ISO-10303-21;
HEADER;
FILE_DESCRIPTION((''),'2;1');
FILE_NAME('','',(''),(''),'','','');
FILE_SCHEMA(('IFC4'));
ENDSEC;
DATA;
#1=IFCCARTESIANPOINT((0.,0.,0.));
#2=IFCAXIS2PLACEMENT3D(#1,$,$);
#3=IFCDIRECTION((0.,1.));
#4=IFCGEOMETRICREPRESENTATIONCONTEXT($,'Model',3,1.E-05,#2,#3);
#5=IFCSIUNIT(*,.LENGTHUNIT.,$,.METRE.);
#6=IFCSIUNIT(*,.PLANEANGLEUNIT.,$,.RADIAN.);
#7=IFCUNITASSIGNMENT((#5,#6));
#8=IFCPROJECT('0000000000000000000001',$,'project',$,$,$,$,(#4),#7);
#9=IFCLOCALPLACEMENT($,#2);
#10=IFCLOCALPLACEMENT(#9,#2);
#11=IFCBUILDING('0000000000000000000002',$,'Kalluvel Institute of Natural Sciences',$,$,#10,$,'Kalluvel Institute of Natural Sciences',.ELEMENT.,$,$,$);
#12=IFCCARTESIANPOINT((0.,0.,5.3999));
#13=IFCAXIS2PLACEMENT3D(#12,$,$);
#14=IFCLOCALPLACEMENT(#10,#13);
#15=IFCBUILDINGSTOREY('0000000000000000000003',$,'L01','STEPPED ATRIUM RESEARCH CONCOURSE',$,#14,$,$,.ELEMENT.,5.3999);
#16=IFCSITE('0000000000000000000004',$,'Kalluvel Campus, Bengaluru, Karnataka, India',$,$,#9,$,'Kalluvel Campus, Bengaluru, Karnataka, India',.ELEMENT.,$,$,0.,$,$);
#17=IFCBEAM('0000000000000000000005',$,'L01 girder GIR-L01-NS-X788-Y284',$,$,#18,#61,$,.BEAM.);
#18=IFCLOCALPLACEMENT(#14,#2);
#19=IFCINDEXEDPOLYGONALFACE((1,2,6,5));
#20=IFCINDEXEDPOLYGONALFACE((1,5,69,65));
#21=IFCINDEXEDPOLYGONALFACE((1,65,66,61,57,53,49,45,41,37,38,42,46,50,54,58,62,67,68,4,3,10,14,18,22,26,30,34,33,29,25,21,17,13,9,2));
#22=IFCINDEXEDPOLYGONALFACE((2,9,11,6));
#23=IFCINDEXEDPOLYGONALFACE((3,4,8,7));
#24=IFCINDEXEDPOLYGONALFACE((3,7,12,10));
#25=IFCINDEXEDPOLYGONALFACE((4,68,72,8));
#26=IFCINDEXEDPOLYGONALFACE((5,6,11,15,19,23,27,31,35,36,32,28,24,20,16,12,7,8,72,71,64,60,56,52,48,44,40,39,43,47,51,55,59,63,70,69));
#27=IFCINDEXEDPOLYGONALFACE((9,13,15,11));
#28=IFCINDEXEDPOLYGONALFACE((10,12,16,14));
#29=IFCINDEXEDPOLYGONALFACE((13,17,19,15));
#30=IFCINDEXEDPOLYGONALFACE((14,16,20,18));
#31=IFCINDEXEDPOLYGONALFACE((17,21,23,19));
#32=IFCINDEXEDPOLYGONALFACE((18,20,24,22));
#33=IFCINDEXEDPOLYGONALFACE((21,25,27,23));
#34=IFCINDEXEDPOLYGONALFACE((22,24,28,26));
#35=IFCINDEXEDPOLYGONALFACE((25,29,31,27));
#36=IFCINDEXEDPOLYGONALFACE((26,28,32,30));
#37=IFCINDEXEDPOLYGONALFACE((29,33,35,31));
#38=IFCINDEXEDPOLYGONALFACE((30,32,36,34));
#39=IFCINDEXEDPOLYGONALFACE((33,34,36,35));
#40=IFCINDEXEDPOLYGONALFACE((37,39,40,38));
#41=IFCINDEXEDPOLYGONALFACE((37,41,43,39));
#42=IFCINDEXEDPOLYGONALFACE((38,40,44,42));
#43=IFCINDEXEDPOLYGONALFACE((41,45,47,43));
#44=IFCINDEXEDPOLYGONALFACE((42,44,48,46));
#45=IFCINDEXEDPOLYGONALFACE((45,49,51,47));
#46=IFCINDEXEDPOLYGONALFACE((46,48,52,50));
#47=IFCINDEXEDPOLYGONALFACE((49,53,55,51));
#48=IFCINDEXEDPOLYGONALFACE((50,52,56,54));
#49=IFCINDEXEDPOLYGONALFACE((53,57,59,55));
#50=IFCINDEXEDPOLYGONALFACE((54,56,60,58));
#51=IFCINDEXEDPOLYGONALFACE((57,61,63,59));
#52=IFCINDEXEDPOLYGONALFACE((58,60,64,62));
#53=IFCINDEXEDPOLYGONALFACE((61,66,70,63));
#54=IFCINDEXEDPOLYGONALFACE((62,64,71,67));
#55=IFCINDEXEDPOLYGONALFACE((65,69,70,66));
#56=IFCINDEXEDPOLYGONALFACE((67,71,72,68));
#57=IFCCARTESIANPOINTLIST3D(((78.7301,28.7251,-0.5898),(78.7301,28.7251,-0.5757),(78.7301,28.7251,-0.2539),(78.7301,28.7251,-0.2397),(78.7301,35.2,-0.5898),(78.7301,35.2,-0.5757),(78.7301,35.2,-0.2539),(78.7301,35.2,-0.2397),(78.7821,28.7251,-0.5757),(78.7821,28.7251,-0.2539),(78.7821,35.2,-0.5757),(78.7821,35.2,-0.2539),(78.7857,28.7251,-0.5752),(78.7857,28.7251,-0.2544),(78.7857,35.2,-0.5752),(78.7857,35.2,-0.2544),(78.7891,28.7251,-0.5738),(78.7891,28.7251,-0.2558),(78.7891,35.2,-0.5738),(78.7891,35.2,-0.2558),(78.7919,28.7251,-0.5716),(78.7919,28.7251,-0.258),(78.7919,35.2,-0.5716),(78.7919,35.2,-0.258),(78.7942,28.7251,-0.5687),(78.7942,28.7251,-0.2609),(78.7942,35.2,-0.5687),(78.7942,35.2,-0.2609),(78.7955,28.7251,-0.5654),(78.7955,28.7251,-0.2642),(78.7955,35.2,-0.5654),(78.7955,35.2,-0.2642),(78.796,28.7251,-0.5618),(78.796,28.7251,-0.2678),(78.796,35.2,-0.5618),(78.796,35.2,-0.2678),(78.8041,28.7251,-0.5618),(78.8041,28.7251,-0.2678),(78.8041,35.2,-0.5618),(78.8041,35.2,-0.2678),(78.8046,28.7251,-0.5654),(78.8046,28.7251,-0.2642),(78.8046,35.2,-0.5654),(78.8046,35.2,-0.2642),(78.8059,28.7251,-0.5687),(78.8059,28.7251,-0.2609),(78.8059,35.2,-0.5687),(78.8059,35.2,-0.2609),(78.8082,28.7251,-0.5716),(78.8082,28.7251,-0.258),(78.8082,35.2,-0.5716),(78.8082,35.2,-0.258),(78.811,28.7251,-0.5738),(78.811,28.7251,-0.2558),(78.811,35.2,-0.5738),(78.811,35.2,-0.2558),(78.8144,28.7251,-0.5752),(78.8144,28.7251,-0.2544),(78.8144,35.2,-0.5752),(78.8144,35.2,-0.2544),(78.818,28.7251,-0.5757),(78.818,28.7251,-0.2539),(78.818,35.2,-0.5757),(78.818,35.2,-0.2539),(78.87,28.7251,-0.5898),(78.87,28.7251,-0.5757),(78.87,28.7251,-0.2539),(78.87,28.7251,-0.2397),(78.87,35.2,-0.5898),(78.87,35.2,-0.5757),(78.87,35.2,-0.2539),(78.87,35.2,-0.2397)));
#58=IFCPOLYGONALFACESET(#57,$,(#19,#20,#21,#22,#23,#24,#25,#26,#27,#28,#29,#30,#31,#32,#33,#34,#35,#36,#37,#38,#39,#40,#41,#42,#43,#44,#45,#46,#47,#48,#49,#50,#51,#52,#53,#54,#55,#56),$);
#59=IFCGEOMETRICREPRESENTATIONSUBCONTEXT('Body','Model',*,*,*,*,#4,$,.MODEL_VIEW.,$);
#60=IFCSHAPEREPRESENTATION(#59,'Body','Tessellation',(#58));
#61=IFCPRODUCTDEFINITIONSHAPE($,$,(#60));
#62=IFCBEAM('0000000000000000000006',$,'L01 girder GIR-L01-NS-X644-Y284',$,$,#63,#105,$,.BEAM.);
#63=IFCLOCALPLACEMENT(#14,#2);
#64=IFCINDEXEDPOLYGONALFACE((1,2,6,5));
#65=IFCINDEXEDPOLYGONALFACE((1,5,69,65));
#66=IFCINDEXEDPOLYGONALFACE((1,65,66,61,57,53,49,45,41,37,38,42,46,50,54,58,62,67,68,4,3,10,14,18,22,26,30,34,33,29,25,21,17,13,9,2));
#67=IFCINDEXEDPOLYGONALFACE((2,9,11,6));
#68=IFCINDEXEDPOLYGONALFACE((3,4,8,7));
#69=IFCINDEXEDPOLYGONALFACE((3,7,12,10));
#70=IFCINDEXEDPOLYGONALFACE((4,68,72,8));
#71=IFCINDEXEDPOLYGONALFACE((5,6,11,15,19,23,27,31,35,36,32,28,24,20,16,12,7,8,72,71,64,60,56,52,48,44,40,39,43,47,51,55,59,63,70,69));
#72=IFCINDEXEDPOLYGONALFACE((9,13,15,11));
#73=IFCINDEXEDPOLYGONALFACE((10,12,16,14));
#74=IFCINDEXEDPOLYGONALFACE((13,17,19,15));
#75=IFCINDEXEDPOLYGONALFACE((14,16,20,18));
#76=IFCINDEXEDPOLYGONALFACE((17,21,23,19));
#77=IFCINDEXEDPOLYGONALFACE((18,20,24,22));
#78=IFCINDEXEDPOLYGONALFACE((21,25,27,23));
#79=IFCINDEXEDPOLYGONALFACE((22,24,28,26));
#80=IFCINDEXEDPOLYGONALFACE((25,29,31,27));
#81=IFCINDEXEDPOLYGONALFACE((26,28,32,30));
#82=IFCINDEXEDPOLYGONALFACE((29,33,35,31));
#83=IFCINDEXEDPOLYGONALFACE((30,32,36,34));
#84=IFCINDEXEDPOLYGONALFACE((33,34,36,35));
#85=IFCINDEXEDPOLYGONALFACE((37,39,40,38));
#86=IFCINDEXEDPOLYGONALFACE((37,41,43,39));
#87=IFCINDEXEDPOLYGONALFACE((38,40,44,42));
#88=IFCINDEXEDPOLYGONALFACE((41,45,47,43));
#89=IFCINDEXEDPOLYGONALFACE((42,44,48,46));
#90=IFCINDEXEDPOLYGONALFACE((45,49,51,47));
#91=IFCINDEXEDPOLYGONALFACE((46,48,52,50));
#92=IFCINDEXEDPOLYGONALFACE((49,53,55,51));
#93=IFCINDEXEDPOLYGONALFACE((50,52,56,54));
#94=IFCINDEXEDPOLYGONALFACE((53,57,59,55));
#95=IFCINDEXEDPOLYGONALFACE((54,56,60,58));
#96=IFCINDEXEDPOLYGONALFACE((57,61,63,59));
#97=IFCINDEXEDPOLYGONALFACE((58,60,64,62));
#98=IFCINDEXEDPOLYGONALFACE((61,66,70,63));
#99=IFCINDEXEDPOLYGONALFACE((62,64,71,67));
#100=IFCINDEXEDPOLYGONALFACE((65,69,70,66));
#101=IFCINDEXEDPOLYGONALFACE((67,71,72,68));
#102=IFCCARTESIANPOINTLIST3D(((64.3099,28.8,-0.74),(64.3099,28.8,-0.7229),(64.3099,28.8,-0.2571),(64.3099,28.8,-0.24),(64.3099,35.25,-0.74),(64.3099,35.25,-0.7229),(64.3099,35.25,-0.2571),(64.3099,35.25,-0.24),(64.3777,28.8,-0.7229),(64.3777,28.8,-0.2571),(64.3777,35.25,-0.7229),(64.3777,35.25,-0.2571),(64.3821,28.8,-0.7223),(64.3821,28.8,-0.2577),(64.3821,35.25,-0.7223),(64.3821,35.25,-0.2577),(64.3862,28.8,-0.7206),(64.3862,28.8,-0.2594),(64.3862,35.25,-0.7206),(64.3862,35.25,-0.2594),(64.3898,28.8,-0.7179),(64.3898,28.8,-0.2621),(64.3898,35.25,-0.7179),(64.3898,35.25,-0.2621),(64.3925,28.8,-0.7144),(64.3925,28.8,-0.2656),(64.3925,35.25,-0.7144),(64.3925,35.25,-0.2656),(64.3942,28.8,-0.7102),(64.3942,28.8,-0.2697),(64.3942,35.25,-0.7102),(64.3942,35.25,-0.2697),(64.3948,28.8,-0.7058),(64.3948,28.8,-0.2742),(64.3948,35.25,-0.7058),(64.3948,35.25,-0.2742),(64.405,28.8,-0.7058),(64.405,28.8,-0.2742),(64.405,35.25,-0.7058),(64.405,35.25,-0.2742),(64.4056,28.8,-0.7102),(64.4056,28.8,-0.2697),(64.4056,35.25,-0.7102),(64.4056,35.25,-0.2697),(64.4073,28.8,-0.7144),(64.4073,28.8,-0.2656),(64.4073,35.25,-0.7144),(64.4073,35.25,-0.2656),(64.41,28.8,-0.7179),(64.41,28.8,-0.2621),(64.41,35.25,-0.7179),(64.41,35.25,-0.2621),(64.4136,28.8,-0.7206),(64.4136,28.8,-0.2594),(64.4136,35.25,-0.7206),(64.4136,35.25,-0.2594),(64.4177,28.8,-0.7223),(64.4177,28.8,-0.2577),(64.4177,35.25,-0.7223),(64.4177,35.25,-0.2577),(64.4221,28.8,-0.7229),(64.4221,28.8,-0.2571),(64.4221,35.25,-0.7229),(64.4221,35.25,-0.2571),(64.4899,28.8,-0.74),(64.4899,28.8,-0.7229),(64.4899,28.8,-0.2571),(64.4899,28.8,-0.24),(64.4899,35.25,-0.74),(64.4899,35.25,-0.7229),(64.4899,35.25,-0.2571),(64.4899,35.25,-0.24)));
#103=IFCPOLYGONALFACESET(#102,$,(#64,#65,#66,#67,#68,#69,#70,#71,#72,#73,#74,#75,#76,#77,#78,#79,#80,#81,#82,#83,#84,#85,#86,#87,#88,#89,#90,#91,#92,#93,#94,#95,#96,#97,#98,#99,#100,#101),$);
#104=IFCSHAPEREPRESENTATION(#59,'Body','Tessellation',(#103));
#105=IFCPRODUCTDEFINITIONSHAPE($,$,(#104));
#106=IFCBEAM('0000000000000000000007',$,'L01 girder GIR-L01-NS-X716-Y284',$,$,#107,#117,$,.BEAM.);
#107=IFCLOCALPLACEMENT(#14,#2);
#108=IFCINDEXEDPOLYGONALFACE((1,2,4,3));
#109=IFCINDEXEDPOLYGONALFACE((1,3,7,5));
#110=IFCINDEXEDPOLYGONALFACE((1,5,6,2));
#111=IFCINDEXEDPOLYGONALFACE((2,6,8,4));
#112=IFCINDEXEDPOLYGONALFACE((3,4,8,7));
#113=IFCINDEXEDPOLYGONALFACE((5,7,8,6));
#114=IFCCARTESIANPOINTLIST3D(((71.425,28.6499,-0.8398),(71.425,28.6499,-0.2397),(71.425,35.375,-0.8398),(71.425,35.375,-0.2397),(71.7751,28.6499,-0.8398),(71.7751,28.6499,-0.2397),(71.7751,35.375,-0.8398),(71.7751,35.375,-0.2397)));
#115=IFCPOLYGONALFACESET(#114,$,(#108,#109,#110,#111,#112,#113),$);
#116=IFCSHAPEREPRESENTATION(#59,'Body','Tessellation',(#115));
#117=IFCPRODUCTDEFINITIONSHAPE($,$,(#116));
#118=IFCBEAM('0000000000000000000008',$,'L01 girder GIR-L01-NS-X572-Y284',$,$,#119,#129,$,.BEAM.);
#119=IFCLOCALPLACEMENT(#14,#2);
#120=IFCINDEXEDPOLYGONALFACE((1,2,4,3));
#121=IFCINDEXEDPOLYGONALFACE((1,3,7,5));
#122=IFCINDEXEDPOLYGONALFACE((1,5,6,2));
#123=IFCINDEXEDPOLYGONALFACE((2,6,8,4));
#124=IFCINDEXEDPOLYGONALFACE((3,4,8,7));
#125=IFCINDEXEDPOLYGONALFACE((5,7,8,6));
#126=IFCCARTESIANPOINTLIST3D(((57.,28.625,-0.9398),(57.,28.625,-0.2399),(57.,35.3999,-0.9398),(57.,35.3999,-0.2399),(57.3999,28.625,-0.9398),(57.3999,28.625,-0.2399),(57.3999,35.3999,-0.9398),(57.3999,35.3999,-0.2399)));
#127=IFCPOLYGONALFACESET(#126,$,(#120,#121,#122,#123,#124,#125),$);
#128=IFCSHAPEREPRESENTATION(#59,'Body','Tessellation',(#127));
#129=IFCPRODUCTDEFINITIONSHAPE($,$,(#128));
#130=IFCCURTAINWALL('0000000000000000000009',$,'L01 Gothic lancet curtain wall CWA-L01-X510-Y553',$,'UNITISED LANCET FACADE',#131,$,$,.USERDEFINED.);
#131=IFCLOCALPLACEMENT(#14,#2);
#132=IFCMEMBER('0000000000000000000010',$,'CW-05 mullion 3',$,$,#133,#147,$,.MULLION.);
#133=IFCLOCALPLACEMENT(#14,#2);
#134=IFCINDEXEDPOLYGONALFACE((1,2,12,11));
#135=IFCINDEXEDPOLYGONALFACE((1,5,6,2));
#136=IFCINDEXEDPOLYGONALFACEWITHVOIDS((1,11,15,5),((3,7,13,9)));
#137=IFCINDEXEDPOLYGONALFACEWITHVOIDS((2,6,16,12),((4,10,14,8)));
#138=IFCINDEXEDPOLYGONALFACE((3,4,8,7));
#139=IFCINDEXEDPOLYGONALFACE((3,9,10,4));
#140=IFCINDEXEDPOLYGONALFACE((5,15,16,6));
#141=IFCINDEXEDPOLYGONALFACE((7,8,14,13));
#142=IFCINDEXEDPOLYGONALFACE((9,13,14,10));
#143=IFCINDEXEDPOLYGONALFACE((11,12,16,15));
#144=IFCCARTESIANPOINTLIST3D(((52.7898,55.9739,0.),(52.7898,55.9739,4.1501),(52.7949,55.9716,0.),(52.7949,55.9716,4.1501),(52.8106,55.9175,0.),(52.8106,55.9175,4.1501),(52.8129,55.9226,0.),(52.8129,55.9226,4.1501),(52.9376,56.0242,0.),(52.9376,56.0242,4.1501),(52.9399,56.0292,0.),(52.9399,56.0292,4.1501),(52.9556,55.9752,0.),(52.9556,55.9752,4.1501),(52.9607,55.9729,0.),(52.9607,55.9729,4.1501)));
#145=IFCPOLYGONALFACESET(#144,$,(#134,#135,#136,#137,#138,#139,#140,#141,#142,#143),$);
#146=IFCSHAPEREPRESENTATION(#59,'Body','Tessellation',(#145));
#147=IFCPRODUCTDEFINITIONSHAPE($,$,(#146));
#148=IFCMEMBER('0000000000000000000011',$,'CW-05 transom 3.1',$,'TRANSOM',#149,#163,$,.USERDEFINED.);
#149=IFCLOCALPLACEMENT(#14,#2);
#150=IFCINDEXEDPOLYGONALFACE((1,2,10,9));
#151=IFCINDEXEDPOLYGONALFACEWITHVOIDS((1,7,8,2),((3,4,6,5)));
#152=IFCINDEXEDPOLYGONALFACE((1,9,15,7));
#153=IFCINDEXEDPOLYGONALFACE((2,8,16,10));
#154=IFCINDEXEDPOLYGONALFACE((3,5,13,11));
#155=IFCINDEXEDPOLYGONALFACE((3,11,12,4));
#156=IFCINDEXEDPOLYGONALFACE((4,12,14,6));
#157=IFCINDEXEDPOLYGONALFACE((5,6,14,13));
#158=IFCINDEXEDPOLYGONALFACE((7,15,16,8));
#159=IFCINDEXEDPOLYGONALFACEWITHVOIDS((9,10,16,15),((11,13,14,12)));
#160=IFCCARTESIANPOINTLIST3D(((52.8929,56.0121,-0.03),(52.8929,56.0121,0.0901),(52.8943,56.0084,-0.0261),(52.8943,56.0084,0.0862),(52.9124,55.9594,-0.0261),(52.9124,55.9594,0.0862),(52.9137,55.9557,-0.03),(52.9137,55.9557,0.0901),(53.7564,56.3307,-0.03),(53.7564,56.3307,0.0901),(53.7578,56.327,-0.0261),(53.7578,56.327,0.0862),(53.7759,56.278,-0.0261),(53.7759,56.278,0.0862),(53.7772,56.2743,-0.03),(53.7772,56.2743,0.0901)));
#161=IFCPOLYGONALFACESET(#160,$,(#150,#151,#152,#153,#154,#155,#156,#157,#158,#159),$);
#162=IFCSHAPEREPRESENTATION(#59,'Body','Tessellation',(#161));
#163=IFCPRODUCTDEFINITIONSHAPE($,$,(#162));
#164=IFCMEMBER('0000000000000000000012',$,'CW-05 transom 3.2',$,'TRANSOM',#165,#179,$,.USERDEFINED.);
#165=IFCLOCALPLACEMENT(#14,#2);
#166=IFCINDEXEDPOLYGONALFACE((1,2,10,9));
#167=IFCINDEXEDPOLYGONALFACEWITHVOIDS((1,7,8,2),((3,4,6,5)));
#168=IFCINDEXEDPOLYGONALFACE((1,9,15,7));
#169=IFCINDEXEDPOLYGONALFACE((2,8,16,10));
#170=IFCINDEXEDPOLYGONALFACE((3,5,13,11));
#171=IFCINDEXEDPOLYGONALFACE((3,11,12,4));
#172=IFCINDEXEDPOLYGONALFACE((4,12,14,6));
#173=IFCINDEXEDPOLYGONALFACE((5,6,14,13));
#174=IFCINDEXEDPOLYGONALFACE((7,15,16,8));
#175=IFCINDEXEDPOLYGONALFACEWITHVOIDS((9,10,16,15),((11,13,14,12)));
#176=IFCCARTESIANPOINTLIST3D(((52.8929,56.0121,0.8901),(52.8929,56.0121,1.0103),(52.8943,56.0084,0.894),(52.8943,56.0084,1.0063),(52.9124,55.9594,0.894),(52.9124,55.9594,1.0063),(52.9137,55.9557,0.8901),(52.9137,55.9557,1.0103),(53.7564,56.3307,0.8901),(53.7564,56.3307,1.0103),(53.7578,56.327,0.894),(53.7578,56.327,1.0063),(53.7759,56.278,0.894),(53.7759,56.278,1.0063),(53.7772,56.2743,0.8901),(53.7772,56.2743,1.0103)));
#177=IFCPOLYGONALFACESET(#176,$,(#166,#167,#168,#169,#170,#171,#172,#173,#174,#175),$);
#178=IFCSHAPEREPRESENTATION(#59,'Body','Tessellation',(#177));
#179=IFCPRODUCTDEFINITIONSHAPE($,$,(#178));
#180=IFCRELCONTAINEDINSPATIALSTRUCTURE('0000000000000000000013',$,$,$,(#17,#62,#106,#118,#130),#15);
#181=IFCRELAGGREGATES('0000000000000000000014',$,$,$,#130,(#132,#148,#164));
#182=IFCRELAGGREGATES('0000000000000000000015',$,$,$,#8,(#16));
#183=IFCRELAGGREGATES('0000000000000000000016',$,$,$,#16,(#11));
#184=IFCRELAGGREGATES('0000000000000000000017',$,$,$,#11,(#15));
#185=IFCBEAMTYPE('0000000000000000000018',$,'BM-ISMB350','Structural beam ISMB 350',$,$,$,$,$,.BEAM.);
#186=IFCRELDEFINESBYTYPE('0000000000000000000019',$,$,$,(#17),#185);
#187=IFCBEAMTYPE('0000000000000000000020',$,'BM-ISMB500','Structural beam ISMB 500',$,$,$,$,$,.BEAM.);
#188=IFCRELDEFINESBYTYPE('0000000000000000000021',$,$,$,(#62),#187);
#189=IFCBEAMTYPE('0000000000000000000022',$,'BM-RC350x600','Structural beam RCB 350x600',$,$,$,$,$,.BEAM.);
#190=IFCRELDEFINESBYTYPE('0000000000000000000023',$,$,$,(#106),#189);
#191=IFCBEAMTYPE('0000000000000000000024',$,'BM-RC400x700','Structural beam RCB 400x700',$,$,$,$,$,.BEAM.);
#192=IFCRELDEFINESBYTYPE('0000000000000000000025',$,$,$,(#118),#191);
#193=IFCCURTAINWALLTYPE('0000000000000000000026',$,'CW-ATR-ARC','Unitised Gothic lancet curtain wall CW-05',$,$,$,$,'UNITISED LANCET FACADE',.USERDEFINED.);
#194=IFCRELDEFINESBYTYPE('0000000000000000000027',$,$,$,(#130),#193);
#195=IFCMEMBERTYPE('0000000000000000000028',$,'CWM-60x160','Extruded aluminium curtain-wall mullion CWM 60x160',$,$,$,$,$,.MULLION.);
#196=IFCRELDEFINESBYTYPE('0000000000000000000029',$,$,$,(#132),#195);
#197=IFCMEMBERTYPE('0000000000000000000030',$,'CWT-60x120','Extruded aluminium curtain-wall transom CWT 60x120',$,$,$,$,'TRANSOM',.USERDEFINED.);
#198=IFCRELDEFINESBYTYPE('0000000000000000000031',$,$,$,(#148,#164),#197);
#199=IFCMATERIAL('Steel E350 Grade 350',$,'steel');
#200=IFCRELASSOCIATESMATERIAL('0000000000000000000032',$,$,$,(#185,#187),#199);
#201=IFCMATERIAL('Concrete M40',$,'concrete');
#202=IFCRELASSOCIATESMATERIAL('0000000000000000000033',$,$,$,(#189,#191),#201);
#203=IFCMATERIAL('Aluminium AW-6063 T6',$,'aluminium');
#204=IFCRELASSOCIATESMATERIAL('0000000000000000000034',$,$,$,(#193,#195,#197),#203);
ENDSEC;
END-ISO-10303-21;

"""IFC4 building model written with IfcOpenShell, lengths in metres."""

from ifc_helpers import new_model, si_unit, direction, frame, origin, origin_2d, place, context, subcontext, project, spatial, rectangle, hollow_rectangle, i_section, extrude, material, material_profile, profile_set, type_object, element, aggregate, save


model = new_model("IFC4")

# Units and contexts
model_context = context("Model", 3, precision=1e-05, world=origin(), true_north=direction((0.0, 1.0)))
body_context = subcontext(model_context, "Body", "Model", "MODEL_VIEW")
ifc_project = project(units=[si_unit("LENGTHUNIT", "METRE"), si_unit("PLANEANGLEUNIT", "RADIAN")], contexts=[model_context])

# Site, building, storey
site_placement = place(None, origin())
site = spatial("IfcSite", under=ifc_project, at=site_placement, Name="Kalluvel Campus, Bengaluru, Karnataka, India", LongName="Kalluvel Campus, Bengaluru, Karnataka, India", CompositionType="ELEMENT", RefElevation=0.0)
building_placement = place(site_placement, origin())
building = spatial("IfcBuilding", under=site, at=building_placement, Name="Kalluvel Institute of Natural Sciences", LongName="Kalluvel Institute of Natural Sciences", CompositionType="ELEMENT")
storey_placement = place(building_placement, frame((0.0, 0.0, 5.3999)))
storey = spatial("IfcBuildingStorey", under=building, at=storey_placement, Name="L01", Description="STEPPED ATRIUM RESEARCH CONCOURSE", CompositionType="ELEMENT", Elevation=5.3999)

# Shared definitions
ifc_material_1 = material(Name="Steel E350 Grade 350", Category="steel")

# Beams
ifc_material_profile_1 = material_profile(ifc_material_1, i_section(OverallWidth=0.1399, OverallDepth=0.3501, WebThickness=0.0081, FlangeThickness=0.0142, FilletRadius=0.0139, at=origin_2d()), Name="ISMB 350")
ifc_profile_set_1 = profile_set([ifc_material_profile_1], Name="Steel E350 Grade 350")
beam_type_1 = type_object("IfcBeamType", Name="BM-ISMB350", Description="Structural beam ISMB 350", PredefinedType="BEAM", material=ifc_profile_set_1)
beam_1_placement = place(storey_placement, frame((78.8, 28.7251, -0.4148), z_axis=(0.0, 1.0, 0.0), x_axis=(-1.0, 0.0, 0.0)))
element("IfcBeam", 1, at=beam_1_placement, inside=storey, type_object=beam_type_1, Name="L01 girder GIR-L01-NS-X788-Y284", PredefinedType="BEAM", context=body_context, shape_type="SweptSolid", body=[
    extrude(i_section(OverallWidth=0.1399, OverallDepth=0.3501, WebThickness=0.0081, FlangeThickness=0.0142, FilletRadius=0.0139, at=origin_2d()), origin(), (0.0, 0.0, 1.0), 6.4749),
])
ifc_material_profile_2 = material_profile(ifc_material_1, i_section(OverallWidth=0.1799, OverallDepth=0.5, WebThickness=0.0103, FlangeThickness=0.0171, FilletRadius=0.0171, at=origin_2d()), Name="ISMB 500")
ifc_profile_set_2 = profile_set([ifc_material_profile_2], Name="Steel E350 Grade 350")
beam_type_2 = type_object("IfcBeamType", Name="BM-ISMB500", Description="Structural beam ISMB 500", PredefinedType="BEAM", material=ifc_profile_set_2)
beam_2_placement = place(storey_placement, frame((64.3999, 28.8, -0.49), z_axis=(0.0, 1.0, 0.0), x_axis=(-1.0, 0.0, 0.0)))
element("IfcBeam", 2, at=beam_2_placement, inside=storey, type_object=beam_type_2, Name="L01 girder GIR-L01-NS-X644-Y284", PredefinedType="BEAM", context=body_context, shape_type="SweptSolid", body=[
    extrude(i_section(OverallWidth=0.1799, OverallDepth=0.5, WebThickness=0.0103, FlangeThickness=0.0171, FilletRadius=0.0171, at=origin_2d()), origin(), (0.0, 0.0, 1.0), 6.45),
])
ifc_material_2 = material(Name="Concrete M40", Category="concrete")
ifc_material_profile_3 = material_profile(ifc_material_2, rectangle(XDim=0.3501, YDim=0.6001, at=origin_2d()), Name="RCB 350x600")
ifc_profile_set_3 = profile_set([ifc_material_profile_3], Name="Concrete M40")
beam_type_3 = type_object("IfcBeamType", Name="BM-RC350x600", Description="Structural beam RCB 350x600", PredefinedType="BEAM", material=ifc_profile_set_3)
beam_3_placement = place(storey_placement, frame((71.6001, 28.6499, -0.5398), z_axis=(0.0, 1.0, 0.0), x_axis=(-1.0, 0.0, 0.0)))
element("IfcBeam", 3, at=beam_3_placement, inside=storey, type_object=beam_type_3, Name="L01 girder GIR-L01-NS-X716-Y284", PredefinedType="BEAM", context=body_context, shape_type="SweptSolid", body=[
    extrude(rectangle(XDim=0.3501, YDim=0.6001, at=origin_2d()), origin(), (0.0, 0.0, 1.0), 6.7251),
])
ifc_material_profile_4 = material_profile(ifc_material_2, rectangle(XDim=0.3999, YDim=0.7, at=origin_2d()), Name="RCB 400x700")
ifc_profile_set_4 = profile_set([ifc_material_profile_4], Name="Concrete M40")
beam_type_4 = type_object("IfcBeamType", Name="BM-RC400x700", Description="Structural beam RCB 400x700", PredefinedType="BEAM", material=ifc_profile_set_4)
beam_4_placement = place(storey_placement, frame((57.2, 28.625, -0.5898), z_axis=(0.0, 1.0, 0.0), x_axis=(-1.0, 0.0, 0.0)))
element("IfcBeam", 4, at=beam_4_placement, inside=storey, type_object=beam_type_4, Name="L01 girder GIR-L01-NS-X572-Y284", PredefinedType="BEAM", context=body_context, shape_type="SweptSolid", body=[
    extrude(rectangle(XDim=0.3999, YDim=0.7, at=origin_2d()), origin(), (0.0, 0.0, 1.0), 6.7749),
])

# Curtain wall, members
ifc_material_3 = material(Name="Aluminium AW-6063 T6", Category="aluminium")
curtain_wall_type = type_object("IfcCurtainWallType", Name="CW-ATR-ARC", Description="Unitised Gothic lancet curtain wall CW-05", ElementType="UNITISED LANCET FACADE", PredefinedType="USERDEFINED", material=ifc_material_3)
curtain_wall_placement = place(storey_placement, origin())
curtain_wall = element("IfcCurtainWall", 5, at=curtain_wall_placement, inside=storey, type_object=curtain_wall_type, Name="L01 Gothic lancet curtain wall CWA-L01-X510-Y553", ObjectType="UNITISED LANCET FACADE", PredefinedType="USERDEFINED")
ifc_material_profile_5 = material_profile(ifc_material_3, hollow_rectangle(XDim=0.0601, YDim=0.1599, WallThickness=0.0039, at=origin_2d()), Name="CWM 60x160")
ifc_profile_set_5 = profile_set([ifc_material_profile_5], Name="Aluminium AW-6063 T6")
member_type_1 = type_object("IfcMemberType", Name="CWM-60x160", Description="Extruded aluminium curtain-wall mullion CWM 60x160", PredefinedType="MULLION", material=ifc_profile_set_5)
member_1_placement = place(storey_placement, frame((52.8752, 55.9734, 0.0), z_axis=(0.0, 0.0, 1.0), x_axis=(-0.346122, 0.938189, 0.0)))
member_1 = element("IfcMember", 6, at=member_1_placement, type_object=member_type_1, Name="CW-05 mullion 3", PredefinedType="MULLION", context=body_context, shape_type="SweptSolid", body=[
    extrude(hollow_rectangle(XDim=0.0601, YDim=0.1599, WallThickness=0.0039, at=origin_2d()), origin(), (0.0, 0.0, 1.0), 4.1501),
])
ifc_material_profile_6 = material_profile(ifc_material_3, hollow_rectangle(XDim=0.0601, YDim=0.1201, WallThickness=0.0039, at=origin_2d()), Name="CWT 60x120")
ifc_profile_set_6 = profile_set([ifc_material_profile_6], Name="Aluminium AW-6063 T6")
member_type_2 = type_object("IfcMemberType", Name="CWT-60x120", Description="Extruded aluminium curtain-wall transom CWT 60x120", ElementType="TRANSOM", PredefinedType="USERDEFINED", material=ifc_profile_set_6)
member_2_placement = place(storey_placement, frame((52.9033, 55.9839, 0.03), z_axis=(0.93818, 0.346148, 0.0), x_axis=(-0.346148, 0.93818, 0.0)))
member_2 = element("IfcMember", 7, at=member_2_placement, type_object=member_type_2, Name="CW-05 transom 3.1", ObjectType="TRANSOM", PredefinedType="USERDEFINED", context=body_context, shape_type="SweptSolid", body=[
    extrude(hollow_rectangle(XDim=0.0601, YDim=0.1201, WallThickness=0.0039, at=origin_2d()), origin(), (0.0, 0.0, 1.0), 0.9204),
])
member_3_placement = place(storey_placement, frame((52.9033, 55.9839, 0.9502), z_axis=(0.93818, 0.346148, 0.0), x_axis=(-0.346148, 0.93818, 0.0)))
member_3 = element("IfcMember", 8, at=member_3_placement, type_object=member_type_2, Name="CW-05 transom 3.2", ObjectType="TRANSOM", PredefinedType="USERDEFINED", context=body_context, shape_type="SweptSolid", body=[
    extrude(hollow_rectangle(XDim=0.0601, YDim=0.1201, WallThickness=0.0039, at=origin_2d()), origin(), (0.0, 0.0, 1.0), 0.9204),
])

aggregate(curtain_wall, [member_1, member_2, member_3])

save(model, "model.ifc")
